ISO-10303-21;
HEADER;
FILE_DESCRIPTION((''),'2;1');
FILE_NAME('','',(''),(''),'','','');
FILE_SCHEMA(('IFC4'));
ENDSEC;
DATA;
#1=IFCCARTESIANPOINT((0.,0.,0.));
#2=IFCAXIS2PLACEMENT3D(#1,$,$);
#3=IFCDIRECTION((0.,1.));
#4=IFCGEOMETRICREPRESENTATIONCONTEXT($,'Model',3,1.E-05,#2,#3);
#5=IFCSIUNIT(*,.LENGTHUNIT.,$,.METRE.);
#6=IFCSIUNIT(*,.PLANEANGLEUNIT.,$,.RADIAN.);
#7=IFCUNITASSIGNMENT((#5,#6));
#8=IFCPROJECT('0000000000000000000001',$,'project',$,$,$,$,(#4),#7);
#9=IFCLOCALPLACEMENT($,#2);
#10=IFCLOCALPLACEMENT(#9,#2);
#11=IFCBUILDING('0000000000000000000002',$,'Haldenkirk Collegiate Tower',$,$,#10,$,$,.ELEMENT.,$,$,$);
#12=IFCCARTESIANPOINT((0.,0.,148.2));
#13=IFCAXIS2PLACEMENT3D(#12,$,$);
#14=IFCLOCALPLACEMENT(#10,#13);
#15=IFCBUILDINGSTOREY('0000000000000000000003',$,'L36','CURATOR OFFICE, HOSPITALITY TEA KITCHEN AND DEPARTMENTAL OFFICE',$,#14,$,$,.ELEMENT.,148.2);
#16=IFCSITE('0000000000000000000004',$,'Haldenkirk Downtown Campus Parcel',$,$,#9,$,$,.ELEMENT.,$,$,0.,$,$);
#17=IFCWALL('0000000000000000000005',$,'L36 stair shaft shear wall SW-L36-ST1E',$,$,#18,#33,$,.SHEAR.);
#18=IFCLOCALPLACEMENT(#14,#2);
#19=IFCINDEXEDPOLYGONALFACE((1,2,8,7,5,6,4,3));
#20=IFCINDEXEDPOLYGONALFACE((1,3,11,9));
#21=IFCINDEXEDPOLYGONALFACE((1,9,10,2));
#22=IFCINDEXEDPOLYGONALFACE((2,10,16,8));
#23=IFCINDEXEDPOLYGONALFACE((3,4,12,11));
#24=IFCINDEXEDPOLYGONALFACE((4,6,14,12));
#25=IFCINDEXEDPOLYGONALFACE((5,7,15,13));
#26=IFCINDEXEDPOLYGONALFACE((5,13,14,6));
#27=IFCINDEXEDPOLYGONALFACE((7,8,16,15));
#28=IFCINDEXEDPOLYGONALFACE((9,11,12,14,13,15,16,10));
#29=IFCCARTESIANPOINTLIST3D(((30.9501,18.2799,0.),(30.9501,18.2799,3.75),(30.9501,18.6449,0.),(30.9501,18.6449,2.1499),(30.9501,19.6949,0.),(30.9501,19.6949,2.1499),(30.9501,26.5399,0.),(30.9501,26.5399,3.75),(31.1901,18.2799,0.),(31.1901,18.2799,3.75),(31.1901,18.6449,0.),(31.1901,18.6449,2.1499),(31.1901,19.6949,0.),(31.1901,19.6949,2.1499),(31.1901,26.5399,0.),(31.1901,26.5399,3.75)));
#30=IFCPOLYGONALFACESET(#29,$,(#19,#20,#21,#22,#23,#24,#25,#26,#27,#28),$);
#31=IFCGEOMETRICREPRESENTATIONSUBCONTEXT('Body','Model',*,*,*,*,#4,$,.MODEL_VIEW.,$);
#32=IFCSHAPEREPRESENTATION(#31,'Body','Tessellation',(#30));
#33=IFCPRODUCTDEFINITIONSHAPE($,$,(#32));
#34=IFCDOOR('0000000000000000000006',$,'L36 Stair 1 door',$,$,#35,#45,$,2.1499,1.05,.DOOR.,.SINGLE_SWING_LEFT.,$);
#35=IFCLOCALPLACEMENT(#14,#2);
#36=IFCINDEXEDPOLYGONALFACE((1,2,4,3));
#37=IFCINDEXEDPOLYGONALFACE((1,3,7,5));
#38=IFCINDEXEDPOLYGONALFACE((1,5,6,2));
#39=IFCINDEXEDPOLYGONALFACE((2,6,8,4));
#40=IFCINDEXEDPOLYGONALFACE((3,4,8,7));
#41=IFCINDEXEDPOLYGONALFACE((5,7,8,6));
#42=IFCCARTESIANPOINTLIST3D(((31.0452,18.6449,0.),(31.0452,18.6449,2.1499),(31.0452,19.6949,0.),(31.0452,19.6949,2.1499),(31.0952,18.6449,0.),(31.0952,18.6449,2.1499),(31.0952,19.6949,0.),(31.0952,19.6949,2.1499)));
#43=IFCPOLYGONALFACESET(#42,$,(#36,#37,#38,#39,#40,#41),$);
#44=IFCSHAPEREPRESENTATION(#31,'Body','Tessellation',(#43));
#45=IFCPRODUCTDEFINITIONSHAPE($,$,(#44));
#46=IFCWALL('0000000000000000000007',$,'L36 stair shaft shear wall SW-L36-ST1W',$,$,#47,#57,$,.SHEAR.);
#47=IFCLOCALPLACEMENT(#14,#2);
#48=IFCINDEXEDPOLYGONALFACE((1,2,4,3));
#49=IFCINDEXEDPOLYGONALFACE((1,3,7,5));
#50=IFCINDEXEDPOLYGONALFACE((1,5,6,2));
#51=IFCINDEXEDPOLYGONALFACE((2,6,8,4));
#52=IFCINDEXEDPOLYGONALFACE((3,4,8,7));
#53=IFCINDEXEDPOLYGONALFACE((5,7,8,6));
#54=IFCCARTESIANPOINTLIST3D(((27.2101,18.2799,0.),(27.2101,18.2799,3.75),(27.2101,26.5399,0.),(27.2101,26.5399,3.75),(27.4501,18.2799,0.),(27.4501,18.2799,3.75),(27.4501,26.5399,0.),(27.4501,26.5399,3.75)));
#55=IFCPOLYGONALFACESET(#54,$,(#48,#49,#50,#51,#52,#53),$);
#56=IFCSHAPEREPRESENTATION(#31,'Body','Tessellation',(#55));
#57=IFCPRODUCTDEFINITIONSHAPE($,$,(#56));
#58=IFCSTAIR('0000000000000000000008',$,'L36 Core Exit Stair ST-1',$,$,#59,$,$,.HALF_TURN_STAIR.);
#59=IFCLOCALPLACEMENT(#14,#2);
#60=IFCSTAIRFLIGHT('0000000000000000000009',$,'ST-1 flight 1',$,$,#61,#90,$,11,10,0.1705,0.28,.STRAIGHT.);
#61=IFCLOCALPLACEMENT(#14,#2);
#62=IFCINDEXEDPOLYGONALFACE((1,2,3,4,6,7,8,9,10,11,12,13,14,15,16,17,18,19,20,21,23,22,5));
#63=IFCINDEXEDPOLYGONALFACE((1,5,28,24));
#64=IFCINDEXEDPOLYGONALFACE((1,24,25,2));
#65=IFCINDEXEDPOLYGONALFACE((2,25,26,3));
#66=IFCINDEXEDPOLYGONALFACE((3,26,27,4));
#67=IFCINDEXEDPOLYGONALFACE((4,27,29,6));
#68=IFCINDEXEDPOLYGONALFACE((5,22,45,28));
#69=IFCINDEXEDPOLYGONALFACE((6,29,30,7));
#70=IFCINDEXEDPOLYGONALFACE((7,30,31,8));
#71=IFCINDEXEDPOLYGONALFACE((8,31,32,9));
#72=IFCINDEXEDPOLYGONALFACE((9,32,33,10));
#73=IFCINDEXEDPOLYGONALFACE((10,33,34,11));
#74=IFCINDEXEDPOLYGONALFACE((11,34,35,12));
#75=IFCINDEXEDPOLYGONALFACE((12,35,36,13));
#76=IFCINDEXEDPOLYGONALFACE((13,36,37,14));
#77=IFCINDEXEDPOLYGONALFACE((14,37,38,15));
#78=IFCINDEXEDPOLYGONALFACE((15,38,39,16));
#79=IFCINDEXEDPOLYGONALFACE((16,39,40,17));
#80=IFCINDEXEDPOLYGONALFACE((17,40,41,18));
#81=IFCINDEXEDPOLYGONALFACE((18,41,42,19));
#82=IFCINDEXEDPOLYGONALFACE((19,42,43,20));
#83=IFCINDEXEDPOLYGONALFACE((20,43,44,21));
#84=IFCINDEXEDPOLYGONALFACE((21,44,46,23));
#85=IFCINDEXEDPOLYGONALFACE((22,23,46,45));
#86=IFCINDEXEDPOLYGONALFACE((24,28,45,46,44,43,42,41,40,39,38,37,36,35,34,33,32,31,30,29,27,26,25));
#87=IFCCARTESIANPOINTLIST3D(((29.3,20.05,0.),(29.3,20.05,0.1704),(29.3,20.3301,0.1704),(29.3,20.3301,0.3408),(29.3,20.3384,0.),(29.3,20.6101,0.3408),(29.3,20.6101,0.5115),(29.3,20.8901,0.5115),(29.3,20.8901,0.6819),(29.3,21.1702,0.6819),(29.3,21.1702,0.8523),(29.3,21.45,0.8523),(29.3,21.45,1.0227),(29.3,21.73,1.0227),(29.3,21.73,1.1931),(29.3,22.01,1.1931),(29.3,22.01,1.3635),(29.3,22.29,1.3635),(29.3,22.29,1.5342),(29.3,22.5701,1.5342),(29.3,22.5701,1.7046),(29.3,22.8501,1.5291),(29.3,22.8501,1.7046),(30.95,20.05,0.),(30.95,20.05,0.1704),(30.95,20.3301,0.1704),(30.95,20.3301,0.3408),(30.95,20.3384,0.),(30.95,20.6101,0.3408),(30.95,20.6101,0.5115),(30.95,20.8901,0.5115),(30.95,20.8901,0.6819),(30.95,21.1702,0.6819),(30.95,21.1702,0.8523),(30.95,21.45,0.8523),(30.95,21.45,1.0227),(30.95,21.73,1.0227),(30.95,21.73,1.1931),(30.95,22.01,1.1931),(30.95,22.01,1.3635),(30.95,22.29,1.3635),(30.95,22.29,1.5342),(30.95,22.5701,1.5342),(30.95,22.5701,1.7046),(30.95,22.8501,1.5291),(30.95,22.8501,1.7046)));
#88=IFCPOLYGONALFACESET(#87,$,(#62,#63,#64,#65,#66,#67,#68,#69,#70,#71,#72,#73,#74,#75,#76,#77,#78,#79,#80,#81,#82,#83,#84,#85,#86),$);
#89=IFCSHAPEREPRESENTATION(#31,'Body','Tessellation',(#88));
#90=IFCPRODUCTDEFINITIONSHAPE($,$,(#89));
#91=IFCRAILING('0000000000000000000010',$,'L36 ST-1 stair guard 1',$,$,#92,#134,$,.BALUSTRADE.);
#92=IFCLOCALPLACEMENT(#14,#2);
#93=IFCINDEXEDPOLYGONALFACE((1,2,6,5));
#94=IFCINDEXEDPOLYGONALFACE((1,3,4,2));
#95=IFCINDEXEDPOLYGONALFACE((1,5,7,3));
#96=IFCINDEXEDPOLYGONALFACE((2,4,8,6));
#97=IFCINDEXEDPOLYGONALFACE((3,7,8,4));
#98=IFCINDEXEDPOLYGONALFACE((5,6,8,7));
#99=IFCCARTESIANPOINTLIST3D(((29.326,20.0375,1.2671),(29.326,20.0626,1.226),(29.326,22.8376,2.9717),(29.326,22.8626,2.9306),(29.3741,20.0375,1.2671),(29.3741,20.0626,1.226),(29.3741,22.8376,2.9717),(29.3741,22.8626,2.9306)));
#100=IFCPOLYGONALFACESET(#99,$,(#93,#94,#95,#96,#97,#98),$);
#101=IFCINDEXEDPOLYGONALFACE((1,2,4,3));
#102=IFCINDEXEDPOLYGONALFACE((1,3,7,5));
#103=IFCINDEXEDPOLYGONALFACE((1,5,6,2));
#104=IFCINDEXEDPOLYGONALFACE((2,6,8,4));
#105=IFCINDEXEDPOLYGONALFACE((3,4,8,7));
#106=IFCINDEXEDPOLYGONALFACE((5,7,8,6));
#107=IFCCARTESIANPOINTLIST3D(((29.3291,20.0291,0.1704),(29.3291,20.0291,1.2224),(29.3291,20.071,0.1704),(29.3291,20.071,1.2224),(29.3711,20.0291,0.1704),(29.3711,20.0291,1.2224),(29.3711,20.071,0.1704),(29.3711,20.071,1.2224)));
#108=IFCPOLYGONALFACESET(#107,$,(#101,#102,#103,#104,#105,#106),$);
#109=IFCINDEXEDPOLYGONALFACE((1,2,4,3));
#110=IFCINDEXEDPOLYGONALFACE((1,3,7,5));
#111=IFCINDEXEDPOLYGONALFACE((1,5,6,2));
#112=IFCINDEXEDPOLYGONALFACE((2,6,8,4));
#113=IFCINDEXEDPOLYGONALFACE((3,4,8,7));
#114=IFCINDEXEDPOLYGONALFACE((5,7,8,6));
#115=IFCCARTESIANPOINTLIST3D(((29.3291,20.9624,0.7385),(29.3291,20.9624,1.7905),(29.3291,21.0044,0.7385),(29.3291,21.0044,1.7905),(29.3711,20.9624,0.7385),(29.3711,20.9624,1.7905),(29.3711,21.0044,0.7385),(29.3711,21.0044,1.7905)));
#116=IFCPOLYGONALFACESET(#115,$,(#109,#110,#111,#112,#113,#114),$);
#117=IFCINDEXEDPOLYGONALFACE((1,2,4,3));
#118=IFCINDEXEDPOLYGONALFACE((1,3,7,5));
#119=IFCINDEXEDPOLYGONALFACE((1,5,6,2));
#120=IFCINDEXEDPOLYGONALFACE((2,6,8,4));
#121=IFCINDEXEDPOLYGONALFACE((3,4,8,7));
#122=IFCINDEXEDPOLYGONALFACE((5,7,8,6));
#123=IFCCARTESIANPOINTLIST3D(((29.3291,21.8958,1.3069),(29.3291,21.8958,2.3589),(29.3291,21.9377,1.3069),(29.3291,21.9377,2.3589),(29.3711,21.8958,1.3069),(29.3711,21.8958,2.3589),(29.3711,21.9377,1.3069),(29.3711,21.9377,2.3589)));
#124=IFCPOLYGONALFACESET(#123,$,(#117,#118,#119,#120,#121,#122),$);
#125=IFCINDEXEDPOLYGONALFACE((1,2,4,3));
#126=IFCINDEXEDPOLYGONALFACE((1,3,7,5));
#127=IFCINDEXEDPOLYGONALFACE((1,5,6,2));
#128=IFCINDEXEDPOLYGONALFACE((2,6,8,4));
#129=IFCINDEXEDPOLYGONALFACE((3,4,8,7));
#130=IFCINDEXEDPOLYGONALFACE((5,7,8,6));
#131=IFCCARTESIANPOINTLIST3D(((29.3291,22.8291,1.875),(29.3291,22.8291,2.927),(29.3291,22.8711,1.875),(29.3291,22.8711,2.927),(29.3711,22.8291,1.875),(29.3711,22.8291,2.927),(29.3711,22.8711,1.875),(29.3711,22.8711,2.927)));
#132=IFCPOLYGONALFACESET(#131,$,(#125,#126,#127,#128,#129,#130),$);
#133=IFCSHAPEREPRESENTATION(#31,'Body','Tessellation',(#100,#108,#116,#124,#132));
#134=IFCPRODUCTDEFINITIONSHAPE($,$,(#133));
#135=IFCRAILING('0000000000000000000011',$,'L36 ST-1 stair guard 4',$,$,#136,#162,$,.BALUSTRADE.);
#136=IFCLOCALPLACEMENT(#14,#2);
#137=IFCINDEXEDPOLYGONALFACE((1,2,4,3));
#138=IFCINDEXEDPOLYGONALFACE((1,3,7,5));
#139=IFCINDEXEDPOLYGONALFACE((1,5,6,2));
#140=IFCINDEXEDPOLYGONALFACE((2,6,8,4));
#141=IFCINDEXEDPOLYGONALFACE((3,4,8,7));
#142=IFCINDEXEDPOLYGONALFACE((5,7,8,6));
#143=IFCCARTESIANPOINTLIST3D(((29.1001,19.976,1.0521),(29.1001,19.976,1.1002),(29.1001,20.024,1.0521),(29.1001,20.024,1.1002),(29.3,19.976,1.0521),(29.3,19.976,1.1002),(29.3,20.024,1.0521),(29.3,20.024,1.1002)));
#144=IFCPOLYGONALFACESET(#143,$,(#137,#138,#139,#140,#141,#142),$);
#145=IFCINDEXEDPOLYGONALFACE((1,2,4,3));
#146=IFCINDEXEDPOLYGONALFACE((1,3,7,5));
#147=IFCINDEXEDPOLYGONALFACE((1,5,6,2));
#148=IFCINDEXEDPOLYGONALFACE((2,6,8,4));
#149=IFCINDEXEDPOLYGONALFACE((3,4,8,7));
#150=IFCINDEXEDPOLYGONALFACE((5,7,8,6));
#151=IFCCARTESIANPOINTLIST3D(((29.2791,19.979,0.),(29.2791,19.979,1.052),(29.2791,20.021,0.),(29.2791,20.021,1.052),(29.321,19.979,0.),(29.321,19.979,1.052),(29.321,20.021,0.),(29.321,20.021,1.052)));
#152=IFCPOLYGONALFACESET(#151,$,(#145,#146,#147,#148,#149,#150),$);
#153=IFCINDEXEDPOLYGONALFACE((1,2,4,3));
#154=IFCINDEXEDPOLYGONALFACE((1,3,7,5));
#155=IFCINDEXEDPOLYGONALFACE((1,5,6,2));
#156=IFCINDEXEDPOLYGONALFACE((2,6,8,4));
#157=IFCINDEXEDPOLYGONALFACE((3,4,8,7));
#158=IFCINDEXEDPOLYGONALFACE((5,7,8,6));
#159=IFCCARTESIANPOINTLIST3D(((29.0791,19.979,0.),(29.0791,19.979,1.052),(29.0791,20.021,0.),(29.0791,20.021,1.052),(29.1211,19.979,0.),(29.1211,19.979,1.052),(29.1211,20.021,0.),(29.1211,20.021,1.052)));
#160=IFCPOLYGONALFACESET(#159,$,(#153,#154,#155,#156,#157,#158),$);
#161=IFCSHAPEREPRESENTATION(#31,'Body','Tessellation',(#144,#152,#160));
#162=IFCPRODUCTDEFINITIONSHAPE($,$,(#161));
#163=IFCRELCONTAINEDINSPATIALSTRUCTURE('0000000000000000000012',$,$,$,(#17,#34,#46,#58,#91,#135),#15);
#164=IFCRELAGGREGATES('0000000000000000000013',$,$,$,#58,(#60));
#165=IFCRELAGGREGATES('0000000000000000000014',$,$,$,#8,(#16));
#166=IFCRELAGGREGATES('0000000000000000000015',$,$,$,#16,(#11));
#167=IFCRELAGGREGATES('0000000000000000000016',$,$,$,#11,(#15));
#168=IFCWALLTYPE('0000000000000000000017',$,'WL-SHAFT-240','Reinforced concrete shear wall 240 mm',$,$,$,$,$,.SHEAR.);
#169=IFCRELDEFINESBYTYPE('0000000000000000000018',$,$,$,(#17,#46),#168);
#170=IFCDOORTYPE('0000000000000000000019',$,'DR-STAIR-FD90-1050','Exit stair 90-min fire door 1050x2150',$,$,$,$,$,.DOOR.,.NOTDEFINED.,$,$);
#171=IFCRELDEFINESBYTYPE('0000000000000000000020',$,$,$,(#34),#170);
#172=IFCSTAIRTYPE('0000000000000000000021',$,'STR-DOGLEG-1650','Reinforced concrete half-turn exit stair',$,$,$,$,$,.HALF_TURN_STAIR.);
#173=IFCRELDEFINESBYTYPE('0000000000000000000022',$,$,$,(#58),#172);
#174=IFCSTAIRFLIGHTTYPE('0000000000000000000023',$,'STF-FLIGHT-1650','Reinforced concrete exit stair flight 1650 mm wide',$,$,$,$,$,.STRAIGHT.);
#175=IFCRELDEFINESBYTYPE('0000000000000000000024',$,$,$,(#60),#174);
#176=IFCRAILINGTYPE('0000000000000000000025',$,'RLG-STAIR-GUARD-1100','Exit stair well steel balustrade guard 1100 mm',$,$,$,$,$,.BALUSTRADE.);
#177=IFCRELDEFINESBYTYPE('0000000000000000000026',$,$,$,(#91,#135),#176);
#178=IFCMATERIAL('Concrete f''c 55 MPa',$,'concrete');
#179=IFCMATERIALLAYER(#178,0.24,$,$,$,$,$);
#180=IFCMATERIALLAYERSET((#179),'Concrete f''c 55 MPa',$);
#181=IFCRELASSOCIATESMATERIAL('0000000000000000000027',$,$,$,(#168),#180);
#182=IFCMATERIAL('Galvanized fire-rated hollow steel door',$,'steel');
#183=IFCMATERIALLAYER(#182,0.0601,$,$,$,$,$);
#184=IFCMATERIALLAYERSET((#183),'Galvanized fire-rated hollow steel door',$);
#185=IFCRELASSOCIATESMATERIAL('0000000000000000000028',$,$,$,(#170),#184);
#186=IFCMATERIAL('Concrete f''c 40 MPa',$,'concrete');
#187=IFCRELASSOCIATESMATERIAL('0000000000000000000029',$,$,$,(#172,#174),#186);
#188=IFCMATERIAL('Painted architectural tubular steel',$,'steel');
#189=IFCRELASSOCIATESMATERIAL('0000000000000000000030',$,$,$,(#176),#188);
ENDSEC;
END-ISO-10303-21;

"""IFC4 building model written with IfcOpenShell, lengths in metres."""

from ifc_helpers import new_model, si_unit, direction, frame, frame_2d, origin, origin_2d, place, context, subcontext, project, spatial, polyline, rectangle, outline, extrude, material, layer, layer_set, type_object, element, fill, aggregate, save


model = new_model("IFC4")

# Units and contexts
model_context = context("Model", 3, precision=1e-05, world=origin(), true_north=direction((0.0, 1.0)))
body_context = subcontext(model_context, "Body", "Model", "MODEL_VIEW")
ifc_project = project(units=[si_unit("LENGTHUNIT", "METRE"), si_unit("PLANEANGLEUNIT", "RADIAN")], contexts=[model_context])

# Site, building, storey
site_placement = place(None, origin())
site = spatial("IfcSite", under=ifc_project, at=site_placement, Name="Haldenkirk Downtown Campus Parcel", CompositionType="ELEMENT", RefElevation=0.0)
building_placement = place(site_placement, origin())
building = spatial("IfcBuilding", under=site, at=building_placement, Name="Haldenkirk Collegiate Tower", CompositionType="ELEMENT")
storey_placement = place(building_placement, frame((0.0, 0.0, 148.2)))
storey = spatial("IfcBuildingStorey", under=building, at=storey_placement, Name="L36", Description="CURATOR OFFICE, HOSPITALITY TEA KITCHEN AND DEPARTMENTAL OFFICE", CompositionType="ELEMENT", Elevation=148.2)

# Shared definitions
ifc_material_1 = material(Name="Concrete f'c 55 MPa", Category="concrete")
ifc_material_2 = material(Name="Galvanized fire-rated hollow steel door", Category="steel")

# Wall, opening, door
ifc_layer_1 = layer(ifc_material_1, 0.24)
ifc_layer_set_1 = layer_set([ifc_layer_1], Name="Concrete f'c 55 MPa")
wall_type_1 = type_object("IfcWallType", Name="WL-SHAFT-240", Description="Reinforced concrete shear wall 240 mm", PredefinedType="SHEAR", material=ifc_layer_set_1)
wall_1_placement = place(storey_placement, frame((31.0701, 18.28, 0.0), z_axis=(0.0, 0.0, 1.0), x_axis=(0.0, 1.0, 0.0)))
wall_1 = element("IfcWall", 1, at=wall_1_placement, inside=storey, type_object=wall_type_1, Name="L36 stair shaft shear wall SW-L36-ST1E", PredefinedType="SHEAR", context=body_context, shape_type="SweptSolid", body=[
    extrude(rectangle(XDim=8.26, YDim=0.24, at=frame_2d((4.1299, 0.0))), origin(), (0.0, 0.0, 1.0), 3.75),
])
opening_1_placement = place(wall_1_placement, frame((0.365, 0.0, 0.0)))
opening_1 = element("IfcOpeningElement", 2, at=opening_1_placement, cuts=wall_1, PredefinedType="OPENING", context=body_context, shape_type="SweptSolid", body=[
    extrude(rectangle(XDim=1.05, YDim=2.1499, at=frame_2d((0.5249, 1.075))), frame((0.0, 0.1299, 0.0), z_axis=(0.0, -1.0, 0.0), x_axis=(1.0, 0.0, 0.0)), (0.0, 0.0, 1.0), 0.26),
])
ifc_layer_2 = layer(ifc_material_2, 0.0601)
ifc_layer_set_2 = layer_set([ifc_layer_2], Name="Galvanized fire-rated hollow steel door")
door_type_1 = type_object("IfcDoorType", Name="DR-STAIR-FD90-1050", Description="Exit stair 90-min fire door 1050x2150", OperationType="NOTDEFINED", PredefinedType="DOOR", material=ifc_layer_set_2)
door_1_placement = place(opening_1_placement, origin())
door_1 = element("IfcDoor", 3, at=door_1_placement, inside=storey, type_object=door_type_1, Name="L36 Stair 1 door", OperationType="SINGLE_SWING_LEFT", OverallHeight=2.1499, OverallWidth=1.05, PredefinedType="DOOR", context=body_context, shape_type="SweptSolid", body=[
    extrude(rectangle(XDim=1.05, YDim=2.1499, at=frame_2d((0.5249, 1.075))), frame((0.0, 0.0249, 0.0), z_axis=(0.0, -1.0, 0.0), x_axis=(1.0, 0.0, 0.0)), (0.0, 0.0, 1.0), 0.05),
])
fill(opening_1, door_1)

# Wall
wall_2_placement = place(storey_placement, frame((27.3301, 18.28, 0.0), z_axis=(0.0, 0.0, 1.0), x_axis=(0.0, 1.0, 0.0)))
element("IfcWall", 4, at=wall_2_placement, inside=storey, type_object=wall_type_1, Name="L36 stair shaft shear wall SW-L36-ST1W", PredefinedType="SHEAR", context=body_context, shape_type="SweptSolid", body=[
    extrude(rectangle(XDim=8.26, YDim=0.24, at=frame_2d((4.1299, 0.0))), origin(), (0.0, 0.0, 1.0), 3.75),
])

# Stair, stair flight
ifc_material_3 = material(Name="Concrete f'c 40 MPa", Category="concrete")
stair_type = type_object("IfcStairType", Name="STR-DOGLEG-1650", Description="Reinforced concrete half-turn exit stair", PredefinedType="HALF_TURN_STAIR", material=ifc_material_3)
stair_placement = place(storey_placement, origin())
stair = element("IfcStair", 5, at=stair_placement, inside=storey, type_object=stair_type, Name="L36 Core Exit Stair ST-1", PredefinedType="HALF_TURN_STAIR")
stair_flight_type = type_object("IfcStairFlightType", Name="STF-FLIGHT-1650", Description="Reinforced concrete exit stair flight 1650 mm wide", PredefinedType="STRAIGHT", material=ifc_material_3)
stair_flight_placement = place(storey_placement, frame((30.125, 20.05, 0.0), z_axis=(0.0, 0.0, 1.0), x_axis=(0.0, 1.0, 0.0)))
stair_flight = element("IfcStairFlight", 6, at=stair_flight_placement, type_object=stair_flight_type, Name="ST-1 flight 1", NumberOfRisers=11, NumberOfTreads=10, PredefinedType="STRAIGHT", RiserHeight=0.1705, TreadLength=0.28, context=body_context, shape_type="SweptSolid", body=[
    extrude(outline(polyline([(0.0, 0.0), (0.0, 0.1704), (0.28, 0.1704), (0.28, 0.3408), (0.5601, 0.3408), (0.5601, 0.5115), (0.8401, 0.5115), (0.8401, 0.6819), (1.1201, 0.6819), (1.1201, 0.8523), (1.3999, 0.8523), (1.3999, 1.0227), (1.6799, 1.0227), (1.6799, 1.1931), (1.96, 1.1931), (1.96, 1.3635), (2.24, 1.3635), (2.24, 1.5342), (2.52, 1.5342), (2.52, 1.7046), (2.8, 1.7046), (2.8, 1.875), (2.8, 1.5291), (0.2883, 0.0), (0.0, 0.0)])), frame((0.0, 0.825, 0.0), z_axis=(0.0, -1.0, 0.0), x_axis=(1.0, 0.0, 0.0)), (0.0, 0.0, 1.0), 1.6499),
])
aggregate(stair, [stair_flight])

# Railings
ifc_material_4 = material(Name="Painted architectural tubular steel", Category="steel")
railing_type_1 = type_object("IfcRailingType", Name="RLG-STAIR-GUARD-1100", Description="Exit stair well steel balustrade guard 1100 mm", PredefinedType="BALUSTRADE", material=ifc_material_4)
railing_1_placement = place(storey_placement, frame((29.3501, 20.05, 0.1704)))
element("IfcRailing", 7, at=railing_1_placement, inside=storey, type_object=railing_type_1, Name="L36 ST-1 stair guard 1", PredefinedType="BALUSTRADE", context=body_context, shape_type="SweptSolid", body=[
    extrude(rectangle(XDim=0.0481, YDim=0.0481, at=origin_2d()), frame((0.0, 0.0, 1.0762), z_axis=(0.0, 0.85417, 0.519994), x_axis=(-1.0, 0.0, 0.0)), (0.0, 0.0, 1.0), 3.2781),
    extrude(rectangle(XDim=0.042, YDim=0.042, at=origin_2d()), origin(), (0.0, 0.0, 1.0), 1.052),
    extrude(rectangle(XDim=0.042, YDim=0.042, at=origin_2d()), frame((0.0, 0.9333, 0.5681)), (0.0, 0.0, 1.0), 1.052),
    extrude(rectangle(XDim=0.042, YDim=0.042, at=origin_2d()), frame((0.0, 1.8667, 1.1365)), (0.0, 0.0, 1.0), 1.052),
    extrude(rectangle(XDim=0.042, YDim=0.042, at=origin_2d()), frame((0.0, 2.8, 1.7046)), (0.0, 0.0, 1.0), 1.052),
])
railing_2_placement = place(storey_placement, frame((29.3, 20.0, 0.0)))
element("IfcRailing", 8, at=railing_2_placement, inside=storey, type_object=railing_type_1, Name="L36 ST-1 stair guard 4", PredefinedType="BALUSTRADE", context=body_context, shape_type="SweptSolid", body=[
    extrude(rectangle(XDim=0.0481, YDim=0.0481, at=origin_2d()), frame((0.0, 0.0, 1.0762), z_axis=(-1.0, 0.0, 0.0), x_axis=(0.0, -1.0, 0.0)), (0.0, 0.0, 1.0), 0.2),
    extrude(rectangle(XDim=0.042, YDim=0.042, at=origin_2d()), origin(), (0.0, 0.0, 1.0), 1.052),
    extrude(rectangle(XDim=0.042, YDim=0.042, at=origin_2d()), frame((-0.2, 0.0, 0.0)), (0.0, 0.0, 1.0), 1.052),
])

save(model, "model.ifc")
